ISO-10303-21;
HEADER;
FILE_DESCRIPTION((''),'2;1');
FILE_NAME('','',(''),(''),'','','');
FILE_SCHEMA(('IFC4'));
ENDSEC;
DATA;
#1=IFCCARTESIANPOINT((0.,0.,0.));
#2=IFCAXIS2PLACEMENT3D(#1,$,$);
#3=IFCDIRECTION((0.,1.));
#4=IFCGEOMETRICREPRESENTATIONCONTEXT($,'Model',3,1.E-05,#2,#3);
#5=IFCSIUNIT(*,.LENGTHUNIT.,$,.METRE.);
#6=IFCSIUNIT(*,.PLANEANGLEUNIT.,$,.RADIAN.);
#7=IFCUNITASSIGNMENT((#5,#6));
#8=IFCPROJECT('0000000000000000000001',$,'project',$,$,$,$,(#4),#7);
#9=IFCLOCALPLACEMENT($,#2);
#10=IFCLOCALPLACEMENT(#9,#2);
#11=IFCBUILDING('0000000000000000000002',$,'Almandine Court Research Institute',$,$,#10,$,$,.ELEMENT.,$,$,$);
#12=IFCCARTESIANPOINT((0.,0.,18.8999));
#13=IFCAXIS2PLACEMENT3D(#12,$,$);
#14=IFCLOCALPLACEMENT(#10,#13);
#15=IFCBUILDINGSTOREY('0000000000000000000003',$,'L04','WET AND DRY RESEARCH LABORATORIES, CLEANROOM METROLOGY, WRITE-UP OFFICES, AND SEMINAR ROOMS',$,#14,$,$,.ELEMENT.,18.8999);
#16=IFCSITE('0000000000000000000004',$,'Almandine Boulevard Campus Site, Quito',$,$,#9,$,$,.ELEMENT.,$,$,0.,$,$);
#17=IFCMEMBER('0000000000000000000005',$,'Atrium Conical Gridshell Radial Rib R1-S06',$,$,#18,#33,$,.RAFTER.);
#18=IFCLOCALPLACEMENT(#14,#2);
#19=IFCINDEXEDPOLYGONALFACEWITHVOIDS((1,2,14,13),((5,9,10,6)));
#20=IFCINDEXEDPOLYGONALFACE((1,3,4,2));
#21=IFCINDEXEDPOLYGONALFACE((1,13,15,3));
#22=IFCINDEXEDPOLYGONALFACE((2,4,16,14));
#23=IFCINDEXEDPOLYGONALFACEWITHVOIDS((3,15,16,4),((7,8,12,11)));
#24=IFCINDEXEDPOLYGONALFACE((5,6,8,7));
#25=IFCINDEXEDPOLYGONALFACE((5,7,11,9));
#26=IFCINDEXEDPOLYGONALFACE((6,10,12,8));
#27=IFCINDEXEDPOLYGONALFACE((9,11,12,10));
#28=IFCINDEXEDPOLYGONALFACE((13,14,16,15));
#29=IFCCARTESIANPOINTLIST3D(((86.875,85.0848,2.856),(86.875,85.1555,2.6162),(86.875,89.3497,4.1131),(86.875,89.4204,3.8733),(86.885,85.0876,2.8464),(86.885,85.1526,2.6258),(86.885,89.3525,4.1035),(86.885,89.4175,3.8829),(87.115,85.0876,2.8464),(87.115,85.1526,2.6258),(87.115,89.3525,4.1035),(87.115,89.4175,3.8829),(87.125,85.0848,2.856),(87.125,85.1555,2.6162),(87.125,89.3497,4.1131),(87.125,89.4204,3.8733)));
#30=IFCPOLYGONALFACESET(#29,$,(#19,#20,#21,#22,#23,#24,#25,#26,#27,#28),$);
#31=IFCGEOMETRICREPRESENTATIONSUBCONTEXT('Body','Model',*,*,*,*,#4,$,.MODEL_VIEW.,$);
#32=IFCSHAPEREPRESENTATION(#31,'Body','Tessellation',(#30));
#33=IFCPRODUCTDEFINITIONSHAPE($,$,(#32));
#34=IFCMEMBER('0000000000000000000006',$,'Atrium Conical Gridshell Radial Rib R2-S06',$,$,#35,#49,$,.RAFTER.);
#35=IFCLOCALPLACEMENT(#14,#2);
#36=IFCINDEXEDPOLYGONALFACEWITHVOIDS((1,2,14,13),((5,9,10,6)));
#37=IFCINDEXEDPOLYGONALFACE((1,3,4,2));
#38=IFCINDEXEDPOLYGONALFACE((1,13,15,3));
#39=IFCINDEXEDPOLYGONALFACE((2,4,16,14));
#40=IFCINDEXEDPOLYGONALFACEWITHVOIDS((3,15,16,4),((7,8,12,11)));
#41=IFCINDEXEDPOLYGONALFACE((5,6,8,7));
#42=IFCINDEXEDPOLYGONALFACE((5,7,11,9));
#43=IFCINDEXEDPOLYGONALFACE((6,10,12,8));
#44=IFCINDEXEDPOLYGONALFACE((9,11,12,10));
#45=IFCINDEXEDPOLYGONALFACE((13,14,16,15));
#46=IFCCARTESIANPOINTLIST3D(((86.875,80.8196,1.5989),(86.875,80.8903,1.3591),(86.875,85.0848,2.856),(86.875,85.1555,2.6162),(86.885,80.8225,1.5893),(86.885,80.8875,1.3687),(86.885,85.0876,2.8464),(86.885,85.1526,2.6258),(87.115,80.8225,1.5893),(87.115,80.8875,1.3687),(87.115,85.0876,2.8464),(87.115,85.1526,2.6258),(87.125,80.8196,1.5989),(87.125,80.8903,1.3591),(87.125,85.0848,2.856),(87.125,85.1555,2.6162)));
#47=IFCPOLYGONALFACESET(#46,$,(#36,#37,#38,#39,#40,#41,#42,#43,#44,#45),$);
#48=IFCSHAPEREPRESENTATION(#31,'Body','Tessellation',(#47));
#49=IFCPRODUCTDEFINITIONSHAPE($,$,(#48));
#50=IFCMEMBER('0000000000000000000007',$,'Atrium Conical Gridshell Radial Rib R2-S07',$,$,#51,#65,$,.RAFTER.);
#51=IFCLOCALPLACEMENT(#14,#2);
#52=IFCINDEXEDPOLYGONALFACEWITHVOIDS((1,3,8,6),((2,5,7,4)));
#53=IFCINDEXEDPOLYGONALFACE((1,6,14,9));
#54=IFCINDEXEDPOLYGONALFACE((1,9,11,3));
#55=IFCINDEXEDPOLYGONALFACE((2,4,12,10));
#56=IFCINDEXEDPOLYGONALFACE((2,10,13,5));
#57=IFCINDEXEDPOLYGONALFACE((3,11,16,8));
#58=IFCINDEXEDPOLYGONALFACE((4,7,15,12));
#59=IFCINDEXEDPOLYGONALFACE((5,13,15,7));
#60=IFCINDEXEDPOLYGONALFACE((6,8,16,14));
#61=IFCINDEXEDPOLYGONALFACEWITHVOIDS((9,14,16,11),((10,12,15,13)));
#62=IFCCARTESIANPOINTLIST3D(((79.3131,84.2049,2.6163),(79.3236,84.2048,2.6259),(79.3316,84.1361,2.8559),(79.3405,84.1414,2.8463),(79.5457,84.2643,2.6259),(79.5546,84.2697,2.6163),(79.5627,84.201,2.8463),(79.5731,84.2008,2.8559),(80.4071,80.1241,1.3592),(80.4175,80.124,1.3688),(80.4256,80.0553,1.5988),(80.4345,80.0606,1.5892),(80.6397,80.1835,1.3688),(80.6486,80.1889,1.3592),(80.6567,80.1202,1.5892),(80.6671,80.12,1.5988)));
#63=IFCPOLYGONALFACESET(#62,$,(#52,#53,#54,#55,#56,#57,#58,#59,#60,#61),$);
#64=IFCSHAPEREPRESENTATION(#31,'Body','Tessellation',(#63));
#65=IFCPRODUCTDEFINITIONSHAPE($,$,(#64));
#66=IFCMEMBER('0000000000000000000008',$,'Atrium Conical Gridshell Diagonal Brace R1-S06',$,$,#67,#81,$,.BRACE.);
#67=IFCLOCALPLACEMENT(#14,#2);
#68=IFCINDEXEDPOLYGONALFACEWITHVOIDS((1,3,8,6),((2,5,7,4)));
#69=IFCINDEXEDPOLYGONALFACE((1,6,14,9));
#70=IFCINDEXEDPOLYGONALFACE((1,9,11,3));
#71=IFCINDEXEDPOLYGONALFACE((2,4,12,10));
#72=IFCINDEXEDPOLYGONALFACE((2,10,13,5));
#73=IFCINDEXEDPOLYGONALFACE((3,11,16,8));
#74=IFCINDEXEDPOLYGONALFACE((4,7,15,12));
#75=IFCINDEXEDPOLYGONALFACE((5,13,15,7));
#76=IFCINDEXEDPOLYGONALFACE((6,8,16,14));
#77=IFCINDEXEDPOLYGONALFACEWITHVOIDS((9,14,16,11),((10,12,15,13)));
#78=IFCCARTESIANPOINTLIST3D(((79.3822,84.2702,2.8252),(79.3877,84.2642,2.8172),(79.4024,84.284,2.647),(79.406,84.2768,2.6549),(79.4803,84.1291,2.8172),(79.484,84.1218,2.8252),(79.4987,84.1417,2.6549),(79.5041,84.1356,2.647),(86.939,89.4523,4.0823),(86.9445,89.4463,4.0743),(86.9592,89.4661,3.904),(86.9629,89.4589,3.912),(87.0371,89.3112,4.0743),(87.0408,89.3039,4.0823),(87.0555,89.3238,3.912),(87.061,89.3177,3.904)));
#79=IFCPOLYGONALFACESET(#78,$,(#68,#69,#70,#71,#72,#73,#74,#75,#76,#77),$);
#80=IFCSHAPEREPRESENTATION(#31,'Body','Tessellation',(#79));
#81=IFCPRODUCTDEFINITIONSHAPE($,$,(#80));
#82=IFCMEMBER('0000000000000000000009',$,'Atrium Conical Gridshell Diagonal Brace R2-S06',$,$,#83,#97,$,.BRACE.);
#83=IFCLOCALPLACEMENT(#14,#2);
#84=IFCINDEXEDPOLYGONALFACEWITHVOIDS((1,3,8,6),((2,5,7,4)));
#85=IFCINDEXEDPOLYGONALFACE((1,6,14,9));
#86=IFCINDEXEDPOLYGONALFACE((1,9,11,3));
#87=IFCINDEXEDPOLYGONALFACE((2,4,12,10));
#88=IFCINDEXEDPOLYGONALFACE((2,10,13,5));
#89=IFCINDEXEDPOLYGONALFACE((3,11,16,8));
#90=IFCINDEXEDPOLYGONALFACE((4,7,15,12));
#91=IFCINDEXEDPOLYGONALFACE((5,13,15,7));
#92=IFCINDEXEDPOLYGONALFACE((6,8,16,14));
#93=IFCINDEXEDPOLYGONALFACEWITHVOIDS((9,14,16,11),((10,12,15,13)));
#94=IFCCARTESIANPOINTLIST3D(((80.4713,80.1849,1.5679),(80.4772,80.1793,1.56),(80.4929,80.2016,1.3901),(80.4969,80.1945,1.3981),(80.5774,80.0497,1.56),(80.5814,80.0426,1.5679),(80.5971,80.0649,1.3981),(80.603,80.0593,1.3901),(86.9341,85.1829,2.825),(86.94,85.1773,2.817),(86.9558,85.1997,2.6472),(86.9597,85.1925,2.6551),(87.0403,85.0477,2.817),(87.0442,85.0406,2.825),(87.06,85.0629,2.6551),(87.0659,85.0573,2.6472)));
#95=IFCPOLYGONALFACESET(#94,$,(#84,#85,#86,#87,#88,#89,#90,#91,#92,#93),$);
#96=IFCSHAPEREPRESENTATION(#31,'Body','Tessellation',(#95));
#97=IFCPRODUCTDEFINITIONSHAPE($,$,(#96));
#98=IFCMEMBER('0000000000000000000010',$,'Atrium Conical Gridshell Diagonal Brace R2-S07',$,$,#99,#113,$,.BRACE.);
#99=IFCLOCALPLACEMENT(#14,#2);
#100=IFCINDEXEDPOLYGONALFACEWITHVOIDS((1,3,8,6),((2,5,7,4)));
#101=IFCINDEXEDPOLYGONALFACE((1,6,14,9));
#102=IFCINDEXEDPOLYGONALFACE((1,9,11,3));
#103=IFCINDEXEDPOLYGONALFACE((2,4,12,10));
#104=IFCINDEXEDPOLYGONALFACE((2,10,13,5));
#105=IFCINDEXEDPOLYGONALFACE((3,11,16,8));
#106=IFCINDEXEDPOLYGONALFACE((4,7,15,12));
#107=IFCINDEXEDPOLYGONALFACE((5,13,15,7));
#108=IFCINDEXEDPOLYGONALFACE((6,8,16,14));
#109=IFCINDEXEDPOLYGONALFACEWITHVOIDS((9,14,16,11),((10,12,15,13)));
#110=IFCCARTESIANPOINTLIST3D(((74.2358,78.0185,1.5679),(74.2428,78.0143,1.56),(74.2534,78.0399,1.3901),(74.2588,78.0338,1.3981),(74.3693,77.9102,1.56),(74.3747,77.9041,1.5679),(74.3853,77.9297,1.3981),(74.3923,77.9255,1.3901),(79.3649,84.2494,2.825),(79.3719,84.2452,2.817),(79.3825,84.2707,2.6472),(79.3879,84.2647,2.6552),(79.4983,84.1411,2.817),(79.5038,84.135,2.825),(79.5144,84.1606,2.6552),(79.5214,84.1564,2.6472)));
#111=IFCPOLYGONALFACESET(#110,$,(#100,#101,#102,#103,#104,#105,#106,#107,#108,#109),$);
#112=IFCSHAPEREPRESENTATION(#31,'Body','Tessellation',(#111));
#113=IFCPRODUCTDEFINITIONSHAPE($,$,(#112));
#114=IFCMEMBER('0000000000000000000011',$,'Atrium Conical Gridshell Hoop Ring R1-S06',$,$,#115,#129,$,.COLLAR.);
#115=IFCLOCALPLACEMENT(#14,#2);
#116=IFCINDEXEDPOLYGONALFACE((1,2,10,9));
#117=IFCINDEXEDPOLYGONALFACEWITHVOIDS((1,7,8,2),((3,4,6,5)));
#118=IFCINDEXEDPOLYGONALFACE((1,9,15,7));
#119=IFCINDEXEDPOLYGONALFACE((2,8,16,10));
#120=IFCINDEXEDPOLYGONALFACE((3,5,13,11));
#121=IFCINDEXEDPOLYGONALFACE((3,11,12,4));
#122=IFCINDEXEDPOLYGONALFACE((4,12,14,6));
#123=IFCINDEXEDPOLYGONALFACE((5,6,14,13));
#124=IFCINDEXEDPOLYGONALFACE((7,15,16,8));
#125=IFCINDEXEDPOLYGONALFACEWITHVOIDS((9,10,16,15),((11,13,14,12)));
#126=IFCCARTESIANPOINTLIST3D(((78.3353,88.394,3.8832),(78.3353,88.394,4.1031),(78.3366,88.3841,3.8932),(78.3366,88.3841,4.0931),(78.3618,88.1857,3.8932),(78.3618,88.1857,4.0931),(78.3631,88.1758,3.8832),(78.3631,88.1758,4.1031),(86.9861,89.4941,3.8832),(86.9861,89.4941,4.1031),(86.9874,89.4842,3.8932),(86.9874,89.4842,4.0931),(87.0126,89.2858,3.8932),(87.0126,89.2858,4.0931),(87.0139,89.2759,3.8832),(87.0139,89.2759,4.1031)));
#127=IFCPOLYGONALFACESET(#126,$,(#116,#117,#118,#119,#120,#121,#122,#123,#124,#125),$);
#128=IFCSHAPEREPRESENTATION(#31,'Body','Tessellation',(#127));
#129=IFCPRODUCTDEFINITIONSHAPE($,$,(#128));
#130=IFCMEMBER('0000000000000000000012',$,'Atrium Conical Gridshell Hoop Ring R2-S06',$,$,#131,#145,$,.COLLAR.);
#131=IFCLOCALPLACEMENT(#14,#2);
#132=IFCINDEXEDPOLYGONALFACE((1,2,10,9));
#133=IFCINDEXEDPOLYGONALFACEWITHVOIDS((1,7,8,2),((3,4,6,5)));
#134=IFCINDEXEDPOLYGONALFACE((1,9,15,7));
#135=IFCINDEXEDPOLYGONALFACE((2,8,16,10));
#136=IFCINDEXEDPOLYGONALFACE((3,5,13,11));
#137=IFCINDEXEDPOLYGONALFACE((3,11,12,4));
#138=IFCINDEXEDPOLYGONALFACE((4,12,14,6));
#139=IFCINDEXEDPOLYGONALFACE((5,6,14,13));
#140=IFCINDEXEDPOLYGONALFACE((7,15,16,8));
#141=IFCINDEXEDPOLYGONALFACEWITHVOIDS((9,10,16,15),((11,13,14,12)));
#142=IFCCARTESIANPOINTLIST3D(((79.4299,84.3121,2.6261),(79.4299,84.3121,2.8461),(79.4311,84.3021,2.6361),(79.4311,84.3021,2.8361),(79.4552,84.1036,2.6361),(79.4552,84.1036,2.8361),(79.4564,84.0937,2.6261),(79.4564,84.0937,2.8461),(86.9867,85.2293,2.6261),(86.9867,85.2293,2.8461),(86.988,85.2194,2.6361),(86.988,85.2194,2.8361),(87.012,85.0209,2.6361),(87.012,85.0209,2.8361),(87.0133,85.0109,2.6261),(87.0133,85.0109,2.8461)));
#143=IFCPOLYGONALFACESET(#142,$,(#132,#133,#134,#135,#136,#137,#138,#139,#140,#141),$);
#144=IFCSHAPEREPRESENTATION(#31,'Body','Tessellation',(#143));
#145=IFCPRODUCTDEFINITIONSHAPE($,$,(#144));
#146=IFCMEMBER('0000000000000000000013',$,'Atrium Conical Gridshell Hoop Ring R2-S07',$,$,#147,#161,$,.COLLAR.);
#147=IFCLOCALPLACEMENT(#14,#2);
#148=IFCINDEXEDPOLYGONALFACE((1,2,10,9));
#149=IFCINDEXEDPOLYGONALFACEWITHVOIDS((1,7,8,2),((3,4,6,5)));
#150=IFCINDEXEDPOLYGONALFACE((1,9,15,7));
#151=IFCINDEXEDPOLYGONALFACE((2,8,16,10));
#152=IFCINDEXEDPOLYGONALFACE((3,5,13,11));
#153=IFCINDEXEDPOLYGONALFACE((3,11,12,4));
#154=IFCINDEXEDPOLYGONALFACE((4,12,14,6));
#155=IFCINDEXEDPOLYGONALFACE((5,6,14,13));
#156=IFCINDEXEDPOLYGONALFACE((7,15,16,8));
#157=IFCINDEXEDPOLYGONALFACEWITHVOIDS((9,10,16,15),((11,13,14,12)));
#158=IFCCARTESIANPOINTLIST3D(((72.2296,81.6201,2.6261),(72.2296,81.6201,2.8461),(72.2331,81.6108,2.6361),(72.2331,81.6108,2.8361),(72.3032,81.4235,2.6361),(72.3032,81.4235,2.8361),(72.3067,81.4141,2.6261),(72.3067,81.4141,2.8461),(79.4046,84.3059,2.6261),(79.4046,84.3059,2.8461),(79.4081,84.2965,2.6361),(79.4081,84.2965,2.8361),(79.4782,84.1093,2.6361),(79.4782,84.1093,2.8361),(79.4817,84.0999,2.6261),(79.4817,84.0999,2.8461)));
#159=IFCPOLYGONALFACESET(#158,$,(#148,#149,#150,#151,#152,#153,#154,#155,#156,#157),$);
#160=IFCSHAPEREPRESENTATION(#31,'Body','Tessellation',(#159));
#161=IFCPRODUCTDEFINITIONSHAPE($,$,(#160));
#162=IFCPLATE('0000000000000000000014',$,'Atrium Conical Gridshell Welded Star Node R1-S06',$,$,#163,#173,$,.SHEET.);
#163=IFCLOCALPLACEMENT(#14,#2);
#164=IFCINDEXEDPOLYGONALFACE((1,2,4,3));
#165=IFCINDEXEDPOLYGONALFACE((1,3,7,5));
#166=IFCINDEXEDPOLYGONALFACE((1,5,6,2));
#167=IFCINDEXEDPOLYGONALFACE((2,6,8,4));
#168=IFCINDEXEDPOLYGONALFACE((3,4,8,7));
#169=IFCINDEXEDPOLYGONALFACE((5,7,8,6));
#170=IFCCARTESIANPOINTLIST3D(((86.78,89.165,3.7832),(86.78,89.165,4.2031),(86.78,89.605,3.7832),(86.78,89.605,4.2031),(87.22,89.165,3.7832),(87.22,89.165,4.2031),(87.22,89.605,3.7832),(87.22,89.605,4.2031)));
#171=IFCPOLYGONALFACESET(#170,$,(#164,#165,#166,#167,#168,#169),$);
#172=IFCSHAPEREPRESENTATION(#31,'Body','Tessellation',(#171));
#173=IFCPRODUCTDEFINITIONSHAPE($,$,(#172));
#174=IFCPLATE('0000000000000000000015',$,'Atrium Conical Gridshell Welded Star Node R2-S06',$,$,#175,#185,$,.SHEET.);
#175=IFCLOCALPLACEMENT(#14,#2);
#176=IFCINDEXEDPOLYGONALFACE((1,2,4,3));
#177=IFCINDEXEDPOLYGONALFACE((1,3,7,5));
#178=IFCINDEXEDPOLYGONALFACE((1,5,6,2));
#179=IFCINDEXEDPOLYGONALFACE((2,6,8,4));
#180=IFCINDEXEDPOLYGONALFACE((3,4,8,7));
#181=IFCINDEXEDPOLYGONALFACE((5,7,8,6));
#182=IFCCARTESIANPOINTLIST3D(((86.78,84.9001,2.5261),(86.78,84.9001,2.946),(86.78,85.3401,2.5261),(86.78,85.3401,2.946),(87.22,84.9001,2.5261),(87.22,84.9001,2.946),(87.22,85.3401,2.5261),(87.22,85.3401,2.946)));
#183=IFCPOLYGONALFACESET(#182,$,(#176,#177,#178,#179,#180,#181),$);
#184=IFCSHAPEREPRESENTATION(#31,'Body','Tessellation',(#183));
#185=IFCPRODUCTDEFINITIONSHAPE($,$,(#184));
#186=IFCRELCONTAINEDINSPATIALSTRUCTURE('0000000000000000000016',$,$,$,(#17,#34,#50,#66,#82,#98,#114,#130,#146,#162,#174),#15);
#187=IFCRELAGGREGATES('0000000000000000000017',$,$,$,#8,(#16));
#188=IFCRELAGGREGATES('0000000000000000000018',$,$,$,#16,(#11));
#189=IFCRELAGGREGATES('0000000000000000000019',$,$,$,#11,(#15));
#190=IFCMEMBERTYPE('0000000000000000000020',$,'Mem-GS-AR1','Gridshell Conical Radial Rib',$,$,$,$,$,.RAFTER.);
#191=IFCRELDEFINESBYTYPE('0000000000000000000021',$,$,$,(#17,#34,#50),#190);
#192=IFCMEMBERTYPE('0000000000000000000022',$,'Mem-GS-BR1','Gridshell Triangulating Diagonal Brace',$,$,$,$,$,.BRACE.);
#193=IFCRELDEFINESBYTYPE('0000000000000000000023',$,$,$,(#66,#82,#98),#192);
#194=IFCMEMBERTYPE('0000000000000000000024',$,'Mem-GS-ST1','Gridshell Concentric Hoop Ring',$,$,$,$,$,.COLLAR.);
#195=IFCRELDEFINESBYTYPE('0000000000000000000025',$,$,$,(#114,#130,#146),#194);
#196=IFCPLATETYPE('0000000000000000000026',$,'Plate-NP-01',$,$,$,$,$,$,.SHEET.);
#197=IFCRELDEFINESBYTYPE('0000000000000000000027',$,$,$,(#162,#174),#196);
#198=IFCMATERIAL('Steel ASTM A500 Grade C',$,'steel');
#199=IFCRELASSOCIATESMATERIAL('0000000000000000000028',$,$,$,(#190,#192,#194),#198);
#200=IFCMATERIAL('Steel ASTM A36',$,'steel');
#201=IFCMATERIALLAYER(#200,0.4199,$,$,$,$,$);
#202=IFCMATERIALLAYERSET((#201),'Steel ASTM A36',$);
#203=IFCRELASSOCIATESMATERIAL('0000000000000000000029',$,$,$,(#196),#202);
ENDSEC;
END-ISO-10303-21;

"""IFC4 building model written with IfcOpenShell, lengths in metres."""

from ifc_helpers import new_model, si_unit, direction, frame, origin, origin_2d, place, context, subcontext, project, spatial, rectangle, hollow_rectangle, extrude, material, layer, layer_set, material_profile, profile_set, type_object, element, save


model = new_model("IFC4")

# Units and contexts
model_context = context("Model", 3, precision=1e-05, world=origin(), true_north=direction((0.0, 1.0)))
body_context = subcontext(model_context, "Body", "Model", "MODEL_VIEW")
ifc_project = project(units=[si_unit("LENGTHUNIT", "METRE"), si_unit("PLANEANGLEUNIT", "RADIAN")], contexts=[model_context])

# Site, building, storey
site_placement = place(None, origin())
site = spatial("IfcSite", under=ifc_project, at=site_placement, Name="Almandine Boulevard Campus Site, Quito", CompositionType="ELEMENT", RefElevation=0.0)
building_placement = place(site_placement, origin())
building = spatial("IfcBuilding", under=site, at=building_placement, Name="Almandine Court Research Institute", CompositionType="ELEMENT")
storey_placement = place(building_placement, frame((0.0, 0.0, 18.8999)))
storey = spatial("IfcBuildingStorey", under=building, at=storey_placement, Name="L04", Description="WET AND DRY RESEARCH LABORATORIES, CLEANROOM METROLOGY, WRITE-UP OFFICES, AND SEMINAR ROOMS", CompositionType="ELEMENT", Elevation=18.8999)

# Members
ifc_material_1 = material(Name="Steel ASTM A500 Grade C", Category="steel")
ifc_material_profile_1 = material_profile(ifc_material_1, hollow_rectangle(XDim=0.25, YDim=0.25, WallThickness=0.01, at=origin_2d()), Name="HSS 250x250x10")
ifc_profile_set_1 = profile_set([ifc_material_profile_1], Name="Steel ASTM A500 Grade C")
member_type_1 = type_object("IfcMemberType", Name="Mem-GS-AR1", Description="Gridshell Conical Radial Rib", PredefinedType="RAFTER", material=ifc_profile_set_1)
member_1_placement = place(storey_placement, frame((87.0, 89.385, 3.9932), z_axis=(0.0, -0.959201, -0.282725), x_axis=(1.0, 0.0, 0.0)))
element("IfcMember", 1, at=member_1_placement, inside=storey, type_object=member_type_1, Name="Atrium Conical Gridshell Radial Rib R1-S06", PredefinedType="RAFTER", context=body_context, shape_type="SweptSolid", body=[
    extrude(hollow_rectangle(XDim=0.25, YDim=0.25, WallThickness=0.01, at=origin_2d()), origin(), (0.0, 0.0, 1.0), 4.4463),
])
member_2_placement = place(storey_placement, frame((87.0, 85.1201, 2.7361), z_axis=(0.0, -0.959205, -0.28271), x_axis=(1.0, 0.0, 0.0)))
element("IfcMember", 2, at=member_2_placement, inside=storey, type_object=member_type_1, Name="Atrium Conical Gridshell Radial Rib R2-S06", PredefinedType="RAFTER", context=body_context, shape_type="SweptSolid", body=[
    extrude(hollow_rectangle(XDim=0.25, YDim=0.25, WallThickness=0.01, at=origin_2d()), origin(), (0.0, 0.0, 1.0), 4.4465),
])
member_3_placement = place(storey_placement, frame((79.4431, 84.2029, 2.7361), z_axis=(0.248186, -0.925783, -0.285184), x_axis=(0.965894, 0.258939, 0.0)))
element("IfcMember", 3, at=member_3_placement, inside=storey, type_object=member_type_1, Name="Atrium Conical Gridshell Radial Rib R2-S07", PredefinedType="RAFTER", context=body_context, shape_type="SweptSolid", body=[
    extrude(hollow_rectangle(XDim=0.25, YDim=0.25, WallThickness=0.01, at=origin_2d()), origin(), (0.0, 0.0, 1.0), 4.408),
])
ifc_material_profile_2 = material_profile(ifc_material_1, hollow_rectangle(XDim=0.1799, YDim=0.1799, WallThickness=0.0081, at=origin_2d()), Name="HSS 180x180x8")
ifc_profile_set_2 = profile_set([ifc_material_profile_2], Name="Steel ASTM A500 Grade C")
member_type_2 = type_object("IfcMemberType", Name="Mem-GS-BR1", Description="Gridshell Triangulating Diagonal Brace", PredefinedType="BRACE", material=ifc_profile_set_2)
member_4_placement = place(storey_placement, frame((87.0, 89.385, 3.9932), z_axis=(-0.817062, -0.5603, -0.135917), x_axis=(0.565548, -0.824715, 0.0)))
element("IfcMember", 4, at=member_4_placement, inside=storey, type_object=member_type_2, Name="Atrium Conical Gridshell Diagonal Brace R1-S06", PredefinedType="BRACE", context=body_context, shape_type="SweptSolid", body=[
    extrude(hollow_rectangle(XDim=0.1799, YDim=0.1799, WallThickness=0.0081, at=origin_2d()), origin(), (0.0, 0.0, 1.0), 9.2488),
])
member_5_placement = place(storey_placement, frame((87.0, 85.1201, 2.7361), z_axis=(-0.781848, -0.604638, -0.152075), x_axis=(0.611754, -0.791048, 0.0)))
element("IfcMember", 5, at=member_5_placement, inside=storey, type_object=member_type_2, Name="Atrium Conical Gridshell Diagonal Brace R2-S06", PredefinedType="BRACE", context=body_context, shape_type="SweptSolid", body=[
    extrude(hollow_rectangle(XDim=0.1799, YDim=0.1799, WallThickness=0.0081, at=origin_2d()), origin(), (0.0, 0.0, 1.0), 8.2661),
])
member_6_placement = place(storey_placement, frame((79.4431, 84.2029, 2.7361), z_axis=(-0.627971, -0.762867, -0.153906), x_axis=(0.772066, -0.635543, 0.0)))
element("IfcMember", 6, at=member_6_placement, inside=storey, type_object=member_type_2, Name="Atrium Conical Gridshell Diagonal Brace R2-S07", PredefinedType="BRACE", context=body_context, shape_type="SweptSolid", body=[
    extrude(hollow_rectangle(XDim=0.1799, YDim=0.1799, WallThickness=0.0081, at=origin_2d()), origin(), (0.0, 0.0, 1.0), 8.1677),
])
ifc_material_profile_3 = material_profile(ifc_material_1, hollow_rectangle(XDim=0.22, YDim=0.22, WallThickness=0.01, at=origin_2d()), Name="HSS 220x220x10")
ifc_profile_set_3 = profile_set([ifc_material_profile_3], Name="Steel ASTM A500 Grade C")
member_type_3 = type_object("IfcMemberType", Name="Mem-GS-ST1", Description="Gridshell Concentric Hoop Ring", PredefinedType="COLLAR", material=ifc_profile_set_3)
member_7_placement = place(storey_placement, frame((87.0, 89.385, 3.9932), z_axis=(-0.992011, -0.12615, 0.0), x_axis=(0.12615, -0.992011, 0.0)))
element("IfcMember", 7, at=member_7_placement, inside=storey, type_object=member_type_3, Name="Atrium Conical Gridshell Hoop Ring R1-S06", PredefinedType="COLLAR", context=body_context, shape_type="SweptSolid", body=[
    extrude(hollow_rectangle(XDim=0.22, YDim=0.22, WallThickness=0.01, at=origin_2d()), origin(), (0.0, 0.0, 1.0), 8.7205),
])
member_8_placement = place(storey_placement, frame((87.0, 85.1201, 2.7361), z_axis=(-0.992714, -0.120493, 0.0), x_axis=(0.120493, -0.992714, 0.0)))
element("IfcMember", 8, at=member_8_placement, inside=storey, type_object=member_type_3, Name="Atrium Conical Gridshell Hoop Ring R2-S06", PredefinedType="COLLAR", context=body_context, shape_type="SweptSolid", body=[
    extrude(hollow_rectangle(XDim=0.22, YDim=0.22, WallThickness=0.01, at=origin_2d()), origin(), (0.0, 0.0, 1.0), 7.6123),
])
member_9_placement = place(storey_placement, frame((79.4431, 84.2029, 2.7361), z_axis=(-0.936537, -0.350568, 0.0), x_axis=(0.350568, -0.936537, 0.0)))
element("IfcMember", 9, at=member_9_placement, inside=storey, type_object=member_type_3, Name="Atrium Conical Gridshell Hoop Ring R2-S07", PredefinedType="COLLAR", context=body_context, shape_type="SweptSolid", body=[
    extrude(hollow_rectangle(XDim=0.22, YDim=0.22, WallThickness=0.01, at=origin_2d()), origin(), (0.0, 0.0, 1.0), 7.6611),
])

# Plates
ifc_material_2 = material(Name="Steel ASTM A36", Category="steel")
ifc_layer_1 = layer(ifc_material_2, 0.4199)
ifc_layer_set_1 = layer_set([ifc_layer_1], Name="Steel ASTM A36")
plate_type = type_object("IfcPlateType", Name="Plate-NP-01", PredefinedType="SHEET", material=ifc_layer_set_1)
for number, where, z_axis, x_axis, name in (
    (10, (87.0, 89.385, 3.7832), (0.0, 0.0, 1.0), (1.0, 0.0, 0.0), "Atrium Conical Gridshell Welded Star Node R1-S06"),
    (11, (87.0, 85.1201, 2.5261), (0.0, 0.0, 1.0), (1.0, 0.0, 0.0), "Atrium Conical Gridshell Welded Star Node R2-S06"),
):
    element("IfcPlate", number, at=place(storey_placement, frame(where, z_axis=z_axis, x_axis=x_axis)), inside=storey, type_object=plate_type, Name=name, PredefinedType="SHEET", context=body_context, shape_type="SweptSolid", body=[
        extrude(rectangle(XDim=0.4399, YDim=0.4399, at=origin_2d()), origin(), (0.0, 0.0, 1.0), 0.4199),
    ])

save(model, "model.ifc")
